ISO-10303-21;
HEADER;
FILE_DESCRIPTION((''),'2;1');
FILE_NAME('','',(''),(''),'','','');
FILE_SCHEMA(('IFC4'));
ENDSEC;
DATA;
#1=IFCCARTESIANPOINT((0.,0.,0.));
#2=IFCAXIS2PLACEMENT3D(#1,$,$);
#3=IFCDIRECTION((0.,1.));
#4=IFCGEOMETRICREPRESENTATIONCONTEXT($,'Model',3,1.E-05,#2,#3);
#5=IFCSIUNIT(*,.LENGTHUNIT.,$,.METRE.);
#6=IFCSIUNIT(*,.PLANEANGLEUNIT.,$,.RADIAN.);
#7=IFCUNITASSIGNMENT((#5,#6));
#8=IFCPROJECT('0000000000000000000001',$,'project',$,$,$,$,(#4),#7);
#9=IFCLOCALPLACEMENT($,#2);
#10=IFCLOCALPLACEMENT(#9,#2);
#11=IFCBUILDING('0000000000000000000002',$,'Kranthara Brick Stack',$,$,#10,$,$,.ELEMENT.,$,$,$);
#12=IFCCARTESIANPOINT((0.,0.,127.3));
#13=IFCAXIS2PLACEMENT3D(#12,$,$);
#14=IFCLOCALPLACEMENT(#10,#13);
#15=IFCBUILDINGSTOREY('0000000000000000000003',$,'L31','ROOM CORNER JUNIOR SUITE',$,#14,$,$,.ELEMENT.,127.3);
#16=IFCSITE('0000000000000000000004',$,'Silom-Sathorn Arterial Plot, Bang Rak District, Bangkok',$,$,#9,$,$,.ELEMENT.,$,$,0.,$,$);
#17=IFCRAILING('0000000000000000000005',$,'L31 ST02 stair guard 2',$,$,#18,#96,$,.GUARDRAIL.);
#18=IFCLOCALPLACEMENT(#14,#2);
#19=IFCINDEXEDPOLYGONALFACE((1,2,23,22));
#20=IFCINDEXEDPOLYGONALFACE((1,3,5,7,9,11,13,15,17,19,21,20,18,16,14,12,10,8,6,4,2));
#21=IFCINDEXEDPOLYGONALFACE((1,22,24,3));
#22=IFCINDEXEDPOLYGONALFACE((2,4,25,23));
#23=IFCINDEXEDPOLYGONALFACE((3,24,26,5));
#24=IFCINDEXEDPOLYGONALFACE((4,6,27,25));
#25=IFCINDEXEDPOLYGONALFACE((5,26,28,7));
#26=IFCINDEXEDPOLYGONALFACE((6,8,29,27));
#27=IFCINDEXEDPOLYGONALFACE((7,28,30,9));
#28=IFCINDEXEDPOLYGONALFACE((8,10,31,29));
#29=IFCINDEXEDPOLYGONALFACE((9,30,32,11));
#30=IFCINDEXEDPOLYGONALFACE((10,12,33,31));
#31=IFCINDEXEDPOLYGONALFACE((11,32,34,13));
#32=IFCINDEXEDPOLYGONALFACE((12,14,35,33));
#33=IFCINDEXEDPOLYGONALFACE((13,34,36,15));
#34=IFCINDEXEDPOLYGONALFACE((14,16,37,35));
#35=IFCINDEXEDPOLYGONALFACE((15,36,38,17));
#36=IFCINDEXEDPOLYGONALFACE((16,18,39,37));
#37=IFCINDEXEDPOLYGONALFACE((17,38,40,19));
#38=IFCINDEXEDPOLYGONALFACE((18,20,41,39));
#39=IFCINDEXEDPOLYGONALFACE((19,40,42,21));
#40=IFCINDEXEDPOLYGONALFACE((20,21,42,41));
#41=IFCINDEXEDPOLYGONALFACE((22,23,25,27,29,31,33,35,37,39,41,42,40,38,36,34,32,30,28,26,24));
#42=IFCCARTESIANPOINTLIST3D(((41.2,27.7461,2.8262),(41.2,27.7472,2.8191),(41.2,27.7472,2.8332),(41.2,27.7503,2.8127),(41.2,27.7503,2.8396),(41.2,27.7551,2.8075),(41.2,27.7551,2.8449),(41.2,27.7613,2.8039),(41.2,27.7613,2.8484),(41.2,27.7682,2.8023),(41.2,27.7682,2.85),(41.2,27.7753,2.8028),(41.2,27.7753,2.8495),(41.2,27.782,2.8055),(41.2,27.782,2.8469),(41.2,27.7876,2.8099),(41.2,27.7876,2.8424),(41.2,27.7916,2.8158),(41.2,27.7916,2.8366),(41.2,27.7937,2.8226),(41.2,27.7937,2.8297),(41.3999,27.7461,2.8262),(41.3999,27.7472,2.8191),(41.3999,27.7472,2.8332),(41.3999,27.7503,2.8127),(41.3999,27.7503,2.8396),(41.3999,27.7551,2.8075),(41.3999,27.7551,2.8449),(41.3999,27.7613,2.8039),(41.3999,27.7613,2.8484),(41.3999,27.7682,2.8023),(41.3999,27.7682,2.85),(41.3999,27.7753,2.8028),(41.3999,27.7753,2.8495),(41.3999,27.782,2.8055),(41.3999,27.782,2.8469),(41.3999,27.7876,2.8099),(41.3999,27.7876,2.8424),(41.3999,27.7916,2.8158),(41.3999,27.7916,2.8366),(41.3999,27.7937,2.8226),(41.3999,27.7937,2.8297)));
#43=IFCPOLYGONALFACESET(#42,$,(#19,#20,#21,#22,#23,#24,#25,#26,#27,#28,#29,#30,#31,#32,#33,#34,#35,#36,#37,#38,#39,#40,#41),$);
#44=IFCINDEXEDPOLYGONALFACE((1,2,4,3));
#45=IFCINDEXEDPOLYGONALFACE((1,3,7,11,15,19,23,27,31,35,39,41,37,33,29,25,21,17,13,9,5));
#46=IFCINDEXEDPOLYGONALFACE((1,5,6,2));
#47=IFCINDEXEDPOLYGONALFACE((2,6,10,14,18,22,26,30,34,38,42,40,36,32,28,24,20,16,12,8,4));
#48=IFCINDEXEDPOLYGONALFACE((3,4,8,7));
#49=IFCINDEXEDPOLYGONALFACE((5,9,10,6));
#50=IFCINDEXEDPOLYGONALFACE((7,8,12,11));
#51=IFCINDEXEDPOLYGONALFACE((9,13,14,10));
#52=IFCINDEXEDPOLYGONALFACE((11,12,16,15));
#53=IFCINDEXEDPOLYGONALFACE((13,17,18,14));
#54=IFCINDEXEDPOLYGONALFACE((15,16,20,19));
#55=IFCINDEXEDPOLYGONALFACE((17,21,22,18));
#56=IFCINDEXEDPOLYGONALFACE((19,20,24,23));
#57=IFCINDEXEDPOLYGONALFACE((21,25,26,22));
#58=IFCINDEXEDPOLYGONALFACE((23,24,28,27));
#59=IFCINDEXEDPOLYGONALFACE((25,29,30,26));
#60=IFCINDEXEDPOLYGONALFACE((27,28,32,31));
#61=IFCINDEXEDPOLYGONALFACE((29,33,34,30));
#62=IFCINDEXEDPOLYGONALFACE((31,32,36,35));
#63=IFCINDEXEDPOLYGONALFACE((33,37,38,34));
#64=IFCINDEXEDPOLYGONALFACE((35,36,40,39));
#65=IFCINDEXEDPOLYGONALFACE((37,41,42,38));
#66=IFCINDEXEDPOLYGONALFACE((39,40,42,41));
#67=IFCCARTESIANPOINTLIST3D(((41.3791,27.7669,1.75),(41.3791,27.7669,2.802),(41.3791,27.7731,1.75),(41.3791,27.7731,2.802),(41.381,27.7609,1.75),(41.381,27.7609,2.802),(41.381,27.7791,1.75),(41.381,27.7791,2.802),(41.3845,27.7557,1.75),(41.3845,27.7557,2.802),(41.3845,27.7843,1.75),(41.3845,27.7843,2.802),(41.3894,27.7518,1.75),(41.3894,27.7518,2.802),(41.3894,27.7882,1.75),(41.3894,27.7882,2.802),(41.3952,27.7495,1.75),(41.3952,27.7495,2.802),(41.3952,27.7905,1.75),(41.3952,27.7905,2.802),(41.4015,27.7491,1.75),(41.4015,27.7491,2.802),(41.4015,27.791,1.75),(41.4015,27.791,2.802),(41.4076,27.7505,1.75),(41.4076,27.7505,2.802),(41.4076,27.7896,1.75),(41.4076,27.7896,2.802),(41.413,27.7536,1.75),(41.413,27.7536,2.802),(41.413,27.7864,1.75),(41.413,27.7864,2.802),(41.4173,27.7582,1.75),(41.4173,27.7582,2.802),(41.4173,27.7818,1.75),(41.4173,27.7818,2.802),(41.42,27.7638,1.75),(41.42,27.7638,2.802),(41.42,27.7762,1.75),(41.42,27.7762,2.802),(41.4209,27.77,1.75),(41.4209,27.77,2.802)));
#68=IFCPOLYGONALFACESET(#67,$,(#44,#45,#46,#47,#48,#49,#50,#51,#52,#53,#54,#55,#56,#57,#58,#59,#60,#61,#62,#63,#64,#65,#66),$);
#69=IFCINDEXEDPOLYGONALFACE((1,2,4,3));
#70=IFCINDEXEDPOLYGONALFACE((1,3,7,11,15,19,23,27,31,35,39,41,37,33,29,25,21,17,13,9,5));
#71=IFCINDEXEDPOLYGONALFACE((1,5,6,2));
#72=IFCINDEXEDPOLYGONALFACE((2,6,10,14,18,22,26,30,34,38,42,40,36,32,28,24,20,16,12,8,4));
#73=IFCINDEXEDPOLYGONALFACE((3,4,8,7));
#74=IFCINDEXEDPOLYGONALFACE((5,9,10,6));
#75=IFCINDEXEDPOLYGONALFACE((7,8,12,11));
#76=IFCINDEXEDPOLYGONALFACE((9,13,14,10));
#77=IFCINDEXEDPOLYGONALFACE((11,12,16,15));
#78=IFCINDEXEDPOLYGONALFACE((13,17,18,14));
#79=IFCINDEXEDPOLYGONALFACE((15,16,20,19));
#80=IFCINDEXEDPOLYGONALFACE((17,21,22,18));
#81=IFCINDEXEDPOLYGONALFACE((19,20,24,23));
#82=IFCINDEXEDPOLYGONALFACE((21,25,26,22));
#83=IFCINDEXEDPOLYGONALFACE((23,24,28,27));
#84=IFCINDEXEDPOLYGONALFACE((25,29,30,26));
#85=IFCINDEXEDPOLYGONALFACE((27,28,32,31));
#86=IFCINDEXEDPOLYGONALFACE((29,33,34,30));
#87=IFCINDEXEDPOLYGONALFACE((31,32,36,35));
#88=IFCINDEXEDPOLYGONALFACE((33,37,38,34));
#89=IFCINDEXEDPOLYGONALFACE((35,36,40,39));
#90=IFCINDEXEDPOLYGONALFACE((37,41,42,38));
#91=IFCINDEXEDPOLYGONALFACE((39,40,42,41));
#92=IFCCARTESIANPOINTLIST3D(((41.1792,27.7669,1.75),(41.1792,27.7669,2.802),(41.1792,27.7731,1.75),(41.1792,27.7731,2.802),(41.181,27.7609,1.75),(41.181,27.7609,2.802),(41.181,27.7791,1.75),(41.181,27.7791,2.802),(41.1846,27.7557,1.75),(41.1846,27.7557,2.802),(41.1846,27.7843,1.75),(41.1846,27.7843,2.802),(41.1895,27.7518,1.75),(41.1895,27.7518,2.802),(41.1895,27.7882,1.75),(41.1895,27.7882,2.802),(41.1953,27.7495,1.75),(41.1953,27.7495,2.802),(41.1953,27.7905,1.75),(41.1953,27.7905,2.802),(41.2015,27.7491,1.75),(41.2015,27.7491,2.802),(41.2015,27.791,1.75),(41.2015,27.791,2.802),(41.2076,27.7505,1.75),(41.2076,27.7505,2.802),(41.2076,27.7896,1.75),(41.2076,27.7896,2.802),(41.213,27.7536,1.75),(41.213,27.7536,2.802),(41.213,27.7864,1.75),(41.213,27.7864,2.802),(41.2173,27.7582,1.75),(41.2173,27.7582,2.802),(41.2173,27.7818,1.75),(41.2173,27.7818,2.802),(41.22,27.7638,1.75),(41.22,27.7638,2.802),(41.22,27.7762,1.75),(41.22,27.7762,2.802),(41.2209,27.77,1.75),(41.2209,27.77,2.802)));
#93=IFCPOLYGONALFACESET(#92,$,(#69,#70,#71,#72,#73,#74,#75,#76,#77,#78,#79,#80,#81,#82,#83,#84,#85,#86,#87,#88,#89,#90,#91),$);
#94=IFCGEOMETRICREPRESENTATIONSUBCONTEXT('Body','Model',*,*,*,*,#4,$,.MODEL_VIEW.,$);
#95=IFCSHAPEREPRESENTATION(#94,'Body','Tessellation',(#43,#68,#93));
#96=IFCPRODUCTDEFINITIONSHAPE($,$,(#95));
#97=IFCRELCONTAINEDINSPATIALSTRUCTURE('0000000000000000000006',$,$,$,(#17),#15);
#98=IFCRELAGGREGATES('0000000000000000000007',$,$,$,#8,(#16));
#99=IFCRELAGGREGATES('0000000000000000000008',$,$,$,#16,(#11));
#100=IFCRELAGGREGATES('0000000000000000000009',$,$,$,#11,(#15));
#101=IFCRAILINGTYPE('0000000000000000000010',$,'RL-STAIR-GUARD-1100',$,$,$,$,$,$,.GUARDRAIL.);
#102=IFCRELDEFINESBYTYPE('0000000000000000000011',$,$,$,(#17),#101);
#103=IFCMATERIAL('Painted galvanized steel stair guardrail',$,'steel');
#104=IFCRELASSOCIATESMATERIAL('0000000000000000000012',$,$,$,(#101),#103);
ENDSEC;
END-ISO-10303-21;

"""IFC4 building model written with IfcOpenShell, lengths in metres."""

from ifc_helpers import new_model, si_unit, direction, frame, origin, origin_2d, place, context, subcontext, project, spatial, circle, extrude, material, type_object, element, save


model = new_model("IFC4")

# Units and contexts
model_context = context("Model", 3, precision=1e-05, world=origin(), true_north=direction((0.0, 1.0)))
body_context = subcontext(model_context, "Body", "Model", "MODEL_VIEW")
ifc_project = project(units=[si_unit("LENGTHUNIT", "METRE"), si_unit("PLANEANGLEUNIT", "RADIAN")], contexts=[model_context])

# Site, building, storey
site_placement = place(None, origin())
site = spatial("IfcSite", under=ifc_project, at=site_placement, Name="Silom-Sathorn Arterial Plot, Bang Rak District, Bangkok", CompositionType="ELEMENT", RefElevation=0.0)
building_placement = place(site_placement, origin())
building = spatial("IfcBuilding", under=site, at=building_placement, Name="Kranthara Brick Stack", CompositionType="ELEMENT")
storey_placement = place(building_placement, frame((0.0, 0.0, 127.3)))
storey = spatial("IfcBuildingStorey", under=building, at=storey_placement, Name="L31", Description="ROOM CORNER JUNIOR SUITE", CompositionType="ELEMENT", Elevation=127.3)

# Railing
ifc_material_1 = material(Name="Painted galvanized steel stair guardrail", Category="steel")
railing_type_1 = type_object("IfcRailingType", Name="RL-STAIR-GUARD-1100", PredefinedType="GUARDRAIL", material=ifc_material_1)
railing_1_placement = place(storey_placement, frame((41.3999, 27.77, 1.75)))
element("IfcRailing", 1, at=railing_1_placement, inside=storey, type_object=railing_type_1, Name="L31 ST02 stair guard 2", PredefinedType="GUARDRAIL", context=body_context, shape_type="SweptSolid", body=[
    extrude(circle(Radius=0.0239, at=origin_2d()), frame((0.0, 0.0, 1.0762), z_axis=(-1.0, 0.0, 0.0), x_axis=(0.0, -1.0, 0.0)), (0.0, 0.0, 1.0), 0.2),
    extrude(circle(Radius=0.021, at=origin_2d()), origin(), (0.0, 0.0, 1.0), 1.052),
    extrude(circle(Radius=0.021, at=origin_2d()), frame((-0.2, 0.0, 0.0)), (0.0, 0.0, 1.0), 1.052),
])

save(model, "model.ifc")
